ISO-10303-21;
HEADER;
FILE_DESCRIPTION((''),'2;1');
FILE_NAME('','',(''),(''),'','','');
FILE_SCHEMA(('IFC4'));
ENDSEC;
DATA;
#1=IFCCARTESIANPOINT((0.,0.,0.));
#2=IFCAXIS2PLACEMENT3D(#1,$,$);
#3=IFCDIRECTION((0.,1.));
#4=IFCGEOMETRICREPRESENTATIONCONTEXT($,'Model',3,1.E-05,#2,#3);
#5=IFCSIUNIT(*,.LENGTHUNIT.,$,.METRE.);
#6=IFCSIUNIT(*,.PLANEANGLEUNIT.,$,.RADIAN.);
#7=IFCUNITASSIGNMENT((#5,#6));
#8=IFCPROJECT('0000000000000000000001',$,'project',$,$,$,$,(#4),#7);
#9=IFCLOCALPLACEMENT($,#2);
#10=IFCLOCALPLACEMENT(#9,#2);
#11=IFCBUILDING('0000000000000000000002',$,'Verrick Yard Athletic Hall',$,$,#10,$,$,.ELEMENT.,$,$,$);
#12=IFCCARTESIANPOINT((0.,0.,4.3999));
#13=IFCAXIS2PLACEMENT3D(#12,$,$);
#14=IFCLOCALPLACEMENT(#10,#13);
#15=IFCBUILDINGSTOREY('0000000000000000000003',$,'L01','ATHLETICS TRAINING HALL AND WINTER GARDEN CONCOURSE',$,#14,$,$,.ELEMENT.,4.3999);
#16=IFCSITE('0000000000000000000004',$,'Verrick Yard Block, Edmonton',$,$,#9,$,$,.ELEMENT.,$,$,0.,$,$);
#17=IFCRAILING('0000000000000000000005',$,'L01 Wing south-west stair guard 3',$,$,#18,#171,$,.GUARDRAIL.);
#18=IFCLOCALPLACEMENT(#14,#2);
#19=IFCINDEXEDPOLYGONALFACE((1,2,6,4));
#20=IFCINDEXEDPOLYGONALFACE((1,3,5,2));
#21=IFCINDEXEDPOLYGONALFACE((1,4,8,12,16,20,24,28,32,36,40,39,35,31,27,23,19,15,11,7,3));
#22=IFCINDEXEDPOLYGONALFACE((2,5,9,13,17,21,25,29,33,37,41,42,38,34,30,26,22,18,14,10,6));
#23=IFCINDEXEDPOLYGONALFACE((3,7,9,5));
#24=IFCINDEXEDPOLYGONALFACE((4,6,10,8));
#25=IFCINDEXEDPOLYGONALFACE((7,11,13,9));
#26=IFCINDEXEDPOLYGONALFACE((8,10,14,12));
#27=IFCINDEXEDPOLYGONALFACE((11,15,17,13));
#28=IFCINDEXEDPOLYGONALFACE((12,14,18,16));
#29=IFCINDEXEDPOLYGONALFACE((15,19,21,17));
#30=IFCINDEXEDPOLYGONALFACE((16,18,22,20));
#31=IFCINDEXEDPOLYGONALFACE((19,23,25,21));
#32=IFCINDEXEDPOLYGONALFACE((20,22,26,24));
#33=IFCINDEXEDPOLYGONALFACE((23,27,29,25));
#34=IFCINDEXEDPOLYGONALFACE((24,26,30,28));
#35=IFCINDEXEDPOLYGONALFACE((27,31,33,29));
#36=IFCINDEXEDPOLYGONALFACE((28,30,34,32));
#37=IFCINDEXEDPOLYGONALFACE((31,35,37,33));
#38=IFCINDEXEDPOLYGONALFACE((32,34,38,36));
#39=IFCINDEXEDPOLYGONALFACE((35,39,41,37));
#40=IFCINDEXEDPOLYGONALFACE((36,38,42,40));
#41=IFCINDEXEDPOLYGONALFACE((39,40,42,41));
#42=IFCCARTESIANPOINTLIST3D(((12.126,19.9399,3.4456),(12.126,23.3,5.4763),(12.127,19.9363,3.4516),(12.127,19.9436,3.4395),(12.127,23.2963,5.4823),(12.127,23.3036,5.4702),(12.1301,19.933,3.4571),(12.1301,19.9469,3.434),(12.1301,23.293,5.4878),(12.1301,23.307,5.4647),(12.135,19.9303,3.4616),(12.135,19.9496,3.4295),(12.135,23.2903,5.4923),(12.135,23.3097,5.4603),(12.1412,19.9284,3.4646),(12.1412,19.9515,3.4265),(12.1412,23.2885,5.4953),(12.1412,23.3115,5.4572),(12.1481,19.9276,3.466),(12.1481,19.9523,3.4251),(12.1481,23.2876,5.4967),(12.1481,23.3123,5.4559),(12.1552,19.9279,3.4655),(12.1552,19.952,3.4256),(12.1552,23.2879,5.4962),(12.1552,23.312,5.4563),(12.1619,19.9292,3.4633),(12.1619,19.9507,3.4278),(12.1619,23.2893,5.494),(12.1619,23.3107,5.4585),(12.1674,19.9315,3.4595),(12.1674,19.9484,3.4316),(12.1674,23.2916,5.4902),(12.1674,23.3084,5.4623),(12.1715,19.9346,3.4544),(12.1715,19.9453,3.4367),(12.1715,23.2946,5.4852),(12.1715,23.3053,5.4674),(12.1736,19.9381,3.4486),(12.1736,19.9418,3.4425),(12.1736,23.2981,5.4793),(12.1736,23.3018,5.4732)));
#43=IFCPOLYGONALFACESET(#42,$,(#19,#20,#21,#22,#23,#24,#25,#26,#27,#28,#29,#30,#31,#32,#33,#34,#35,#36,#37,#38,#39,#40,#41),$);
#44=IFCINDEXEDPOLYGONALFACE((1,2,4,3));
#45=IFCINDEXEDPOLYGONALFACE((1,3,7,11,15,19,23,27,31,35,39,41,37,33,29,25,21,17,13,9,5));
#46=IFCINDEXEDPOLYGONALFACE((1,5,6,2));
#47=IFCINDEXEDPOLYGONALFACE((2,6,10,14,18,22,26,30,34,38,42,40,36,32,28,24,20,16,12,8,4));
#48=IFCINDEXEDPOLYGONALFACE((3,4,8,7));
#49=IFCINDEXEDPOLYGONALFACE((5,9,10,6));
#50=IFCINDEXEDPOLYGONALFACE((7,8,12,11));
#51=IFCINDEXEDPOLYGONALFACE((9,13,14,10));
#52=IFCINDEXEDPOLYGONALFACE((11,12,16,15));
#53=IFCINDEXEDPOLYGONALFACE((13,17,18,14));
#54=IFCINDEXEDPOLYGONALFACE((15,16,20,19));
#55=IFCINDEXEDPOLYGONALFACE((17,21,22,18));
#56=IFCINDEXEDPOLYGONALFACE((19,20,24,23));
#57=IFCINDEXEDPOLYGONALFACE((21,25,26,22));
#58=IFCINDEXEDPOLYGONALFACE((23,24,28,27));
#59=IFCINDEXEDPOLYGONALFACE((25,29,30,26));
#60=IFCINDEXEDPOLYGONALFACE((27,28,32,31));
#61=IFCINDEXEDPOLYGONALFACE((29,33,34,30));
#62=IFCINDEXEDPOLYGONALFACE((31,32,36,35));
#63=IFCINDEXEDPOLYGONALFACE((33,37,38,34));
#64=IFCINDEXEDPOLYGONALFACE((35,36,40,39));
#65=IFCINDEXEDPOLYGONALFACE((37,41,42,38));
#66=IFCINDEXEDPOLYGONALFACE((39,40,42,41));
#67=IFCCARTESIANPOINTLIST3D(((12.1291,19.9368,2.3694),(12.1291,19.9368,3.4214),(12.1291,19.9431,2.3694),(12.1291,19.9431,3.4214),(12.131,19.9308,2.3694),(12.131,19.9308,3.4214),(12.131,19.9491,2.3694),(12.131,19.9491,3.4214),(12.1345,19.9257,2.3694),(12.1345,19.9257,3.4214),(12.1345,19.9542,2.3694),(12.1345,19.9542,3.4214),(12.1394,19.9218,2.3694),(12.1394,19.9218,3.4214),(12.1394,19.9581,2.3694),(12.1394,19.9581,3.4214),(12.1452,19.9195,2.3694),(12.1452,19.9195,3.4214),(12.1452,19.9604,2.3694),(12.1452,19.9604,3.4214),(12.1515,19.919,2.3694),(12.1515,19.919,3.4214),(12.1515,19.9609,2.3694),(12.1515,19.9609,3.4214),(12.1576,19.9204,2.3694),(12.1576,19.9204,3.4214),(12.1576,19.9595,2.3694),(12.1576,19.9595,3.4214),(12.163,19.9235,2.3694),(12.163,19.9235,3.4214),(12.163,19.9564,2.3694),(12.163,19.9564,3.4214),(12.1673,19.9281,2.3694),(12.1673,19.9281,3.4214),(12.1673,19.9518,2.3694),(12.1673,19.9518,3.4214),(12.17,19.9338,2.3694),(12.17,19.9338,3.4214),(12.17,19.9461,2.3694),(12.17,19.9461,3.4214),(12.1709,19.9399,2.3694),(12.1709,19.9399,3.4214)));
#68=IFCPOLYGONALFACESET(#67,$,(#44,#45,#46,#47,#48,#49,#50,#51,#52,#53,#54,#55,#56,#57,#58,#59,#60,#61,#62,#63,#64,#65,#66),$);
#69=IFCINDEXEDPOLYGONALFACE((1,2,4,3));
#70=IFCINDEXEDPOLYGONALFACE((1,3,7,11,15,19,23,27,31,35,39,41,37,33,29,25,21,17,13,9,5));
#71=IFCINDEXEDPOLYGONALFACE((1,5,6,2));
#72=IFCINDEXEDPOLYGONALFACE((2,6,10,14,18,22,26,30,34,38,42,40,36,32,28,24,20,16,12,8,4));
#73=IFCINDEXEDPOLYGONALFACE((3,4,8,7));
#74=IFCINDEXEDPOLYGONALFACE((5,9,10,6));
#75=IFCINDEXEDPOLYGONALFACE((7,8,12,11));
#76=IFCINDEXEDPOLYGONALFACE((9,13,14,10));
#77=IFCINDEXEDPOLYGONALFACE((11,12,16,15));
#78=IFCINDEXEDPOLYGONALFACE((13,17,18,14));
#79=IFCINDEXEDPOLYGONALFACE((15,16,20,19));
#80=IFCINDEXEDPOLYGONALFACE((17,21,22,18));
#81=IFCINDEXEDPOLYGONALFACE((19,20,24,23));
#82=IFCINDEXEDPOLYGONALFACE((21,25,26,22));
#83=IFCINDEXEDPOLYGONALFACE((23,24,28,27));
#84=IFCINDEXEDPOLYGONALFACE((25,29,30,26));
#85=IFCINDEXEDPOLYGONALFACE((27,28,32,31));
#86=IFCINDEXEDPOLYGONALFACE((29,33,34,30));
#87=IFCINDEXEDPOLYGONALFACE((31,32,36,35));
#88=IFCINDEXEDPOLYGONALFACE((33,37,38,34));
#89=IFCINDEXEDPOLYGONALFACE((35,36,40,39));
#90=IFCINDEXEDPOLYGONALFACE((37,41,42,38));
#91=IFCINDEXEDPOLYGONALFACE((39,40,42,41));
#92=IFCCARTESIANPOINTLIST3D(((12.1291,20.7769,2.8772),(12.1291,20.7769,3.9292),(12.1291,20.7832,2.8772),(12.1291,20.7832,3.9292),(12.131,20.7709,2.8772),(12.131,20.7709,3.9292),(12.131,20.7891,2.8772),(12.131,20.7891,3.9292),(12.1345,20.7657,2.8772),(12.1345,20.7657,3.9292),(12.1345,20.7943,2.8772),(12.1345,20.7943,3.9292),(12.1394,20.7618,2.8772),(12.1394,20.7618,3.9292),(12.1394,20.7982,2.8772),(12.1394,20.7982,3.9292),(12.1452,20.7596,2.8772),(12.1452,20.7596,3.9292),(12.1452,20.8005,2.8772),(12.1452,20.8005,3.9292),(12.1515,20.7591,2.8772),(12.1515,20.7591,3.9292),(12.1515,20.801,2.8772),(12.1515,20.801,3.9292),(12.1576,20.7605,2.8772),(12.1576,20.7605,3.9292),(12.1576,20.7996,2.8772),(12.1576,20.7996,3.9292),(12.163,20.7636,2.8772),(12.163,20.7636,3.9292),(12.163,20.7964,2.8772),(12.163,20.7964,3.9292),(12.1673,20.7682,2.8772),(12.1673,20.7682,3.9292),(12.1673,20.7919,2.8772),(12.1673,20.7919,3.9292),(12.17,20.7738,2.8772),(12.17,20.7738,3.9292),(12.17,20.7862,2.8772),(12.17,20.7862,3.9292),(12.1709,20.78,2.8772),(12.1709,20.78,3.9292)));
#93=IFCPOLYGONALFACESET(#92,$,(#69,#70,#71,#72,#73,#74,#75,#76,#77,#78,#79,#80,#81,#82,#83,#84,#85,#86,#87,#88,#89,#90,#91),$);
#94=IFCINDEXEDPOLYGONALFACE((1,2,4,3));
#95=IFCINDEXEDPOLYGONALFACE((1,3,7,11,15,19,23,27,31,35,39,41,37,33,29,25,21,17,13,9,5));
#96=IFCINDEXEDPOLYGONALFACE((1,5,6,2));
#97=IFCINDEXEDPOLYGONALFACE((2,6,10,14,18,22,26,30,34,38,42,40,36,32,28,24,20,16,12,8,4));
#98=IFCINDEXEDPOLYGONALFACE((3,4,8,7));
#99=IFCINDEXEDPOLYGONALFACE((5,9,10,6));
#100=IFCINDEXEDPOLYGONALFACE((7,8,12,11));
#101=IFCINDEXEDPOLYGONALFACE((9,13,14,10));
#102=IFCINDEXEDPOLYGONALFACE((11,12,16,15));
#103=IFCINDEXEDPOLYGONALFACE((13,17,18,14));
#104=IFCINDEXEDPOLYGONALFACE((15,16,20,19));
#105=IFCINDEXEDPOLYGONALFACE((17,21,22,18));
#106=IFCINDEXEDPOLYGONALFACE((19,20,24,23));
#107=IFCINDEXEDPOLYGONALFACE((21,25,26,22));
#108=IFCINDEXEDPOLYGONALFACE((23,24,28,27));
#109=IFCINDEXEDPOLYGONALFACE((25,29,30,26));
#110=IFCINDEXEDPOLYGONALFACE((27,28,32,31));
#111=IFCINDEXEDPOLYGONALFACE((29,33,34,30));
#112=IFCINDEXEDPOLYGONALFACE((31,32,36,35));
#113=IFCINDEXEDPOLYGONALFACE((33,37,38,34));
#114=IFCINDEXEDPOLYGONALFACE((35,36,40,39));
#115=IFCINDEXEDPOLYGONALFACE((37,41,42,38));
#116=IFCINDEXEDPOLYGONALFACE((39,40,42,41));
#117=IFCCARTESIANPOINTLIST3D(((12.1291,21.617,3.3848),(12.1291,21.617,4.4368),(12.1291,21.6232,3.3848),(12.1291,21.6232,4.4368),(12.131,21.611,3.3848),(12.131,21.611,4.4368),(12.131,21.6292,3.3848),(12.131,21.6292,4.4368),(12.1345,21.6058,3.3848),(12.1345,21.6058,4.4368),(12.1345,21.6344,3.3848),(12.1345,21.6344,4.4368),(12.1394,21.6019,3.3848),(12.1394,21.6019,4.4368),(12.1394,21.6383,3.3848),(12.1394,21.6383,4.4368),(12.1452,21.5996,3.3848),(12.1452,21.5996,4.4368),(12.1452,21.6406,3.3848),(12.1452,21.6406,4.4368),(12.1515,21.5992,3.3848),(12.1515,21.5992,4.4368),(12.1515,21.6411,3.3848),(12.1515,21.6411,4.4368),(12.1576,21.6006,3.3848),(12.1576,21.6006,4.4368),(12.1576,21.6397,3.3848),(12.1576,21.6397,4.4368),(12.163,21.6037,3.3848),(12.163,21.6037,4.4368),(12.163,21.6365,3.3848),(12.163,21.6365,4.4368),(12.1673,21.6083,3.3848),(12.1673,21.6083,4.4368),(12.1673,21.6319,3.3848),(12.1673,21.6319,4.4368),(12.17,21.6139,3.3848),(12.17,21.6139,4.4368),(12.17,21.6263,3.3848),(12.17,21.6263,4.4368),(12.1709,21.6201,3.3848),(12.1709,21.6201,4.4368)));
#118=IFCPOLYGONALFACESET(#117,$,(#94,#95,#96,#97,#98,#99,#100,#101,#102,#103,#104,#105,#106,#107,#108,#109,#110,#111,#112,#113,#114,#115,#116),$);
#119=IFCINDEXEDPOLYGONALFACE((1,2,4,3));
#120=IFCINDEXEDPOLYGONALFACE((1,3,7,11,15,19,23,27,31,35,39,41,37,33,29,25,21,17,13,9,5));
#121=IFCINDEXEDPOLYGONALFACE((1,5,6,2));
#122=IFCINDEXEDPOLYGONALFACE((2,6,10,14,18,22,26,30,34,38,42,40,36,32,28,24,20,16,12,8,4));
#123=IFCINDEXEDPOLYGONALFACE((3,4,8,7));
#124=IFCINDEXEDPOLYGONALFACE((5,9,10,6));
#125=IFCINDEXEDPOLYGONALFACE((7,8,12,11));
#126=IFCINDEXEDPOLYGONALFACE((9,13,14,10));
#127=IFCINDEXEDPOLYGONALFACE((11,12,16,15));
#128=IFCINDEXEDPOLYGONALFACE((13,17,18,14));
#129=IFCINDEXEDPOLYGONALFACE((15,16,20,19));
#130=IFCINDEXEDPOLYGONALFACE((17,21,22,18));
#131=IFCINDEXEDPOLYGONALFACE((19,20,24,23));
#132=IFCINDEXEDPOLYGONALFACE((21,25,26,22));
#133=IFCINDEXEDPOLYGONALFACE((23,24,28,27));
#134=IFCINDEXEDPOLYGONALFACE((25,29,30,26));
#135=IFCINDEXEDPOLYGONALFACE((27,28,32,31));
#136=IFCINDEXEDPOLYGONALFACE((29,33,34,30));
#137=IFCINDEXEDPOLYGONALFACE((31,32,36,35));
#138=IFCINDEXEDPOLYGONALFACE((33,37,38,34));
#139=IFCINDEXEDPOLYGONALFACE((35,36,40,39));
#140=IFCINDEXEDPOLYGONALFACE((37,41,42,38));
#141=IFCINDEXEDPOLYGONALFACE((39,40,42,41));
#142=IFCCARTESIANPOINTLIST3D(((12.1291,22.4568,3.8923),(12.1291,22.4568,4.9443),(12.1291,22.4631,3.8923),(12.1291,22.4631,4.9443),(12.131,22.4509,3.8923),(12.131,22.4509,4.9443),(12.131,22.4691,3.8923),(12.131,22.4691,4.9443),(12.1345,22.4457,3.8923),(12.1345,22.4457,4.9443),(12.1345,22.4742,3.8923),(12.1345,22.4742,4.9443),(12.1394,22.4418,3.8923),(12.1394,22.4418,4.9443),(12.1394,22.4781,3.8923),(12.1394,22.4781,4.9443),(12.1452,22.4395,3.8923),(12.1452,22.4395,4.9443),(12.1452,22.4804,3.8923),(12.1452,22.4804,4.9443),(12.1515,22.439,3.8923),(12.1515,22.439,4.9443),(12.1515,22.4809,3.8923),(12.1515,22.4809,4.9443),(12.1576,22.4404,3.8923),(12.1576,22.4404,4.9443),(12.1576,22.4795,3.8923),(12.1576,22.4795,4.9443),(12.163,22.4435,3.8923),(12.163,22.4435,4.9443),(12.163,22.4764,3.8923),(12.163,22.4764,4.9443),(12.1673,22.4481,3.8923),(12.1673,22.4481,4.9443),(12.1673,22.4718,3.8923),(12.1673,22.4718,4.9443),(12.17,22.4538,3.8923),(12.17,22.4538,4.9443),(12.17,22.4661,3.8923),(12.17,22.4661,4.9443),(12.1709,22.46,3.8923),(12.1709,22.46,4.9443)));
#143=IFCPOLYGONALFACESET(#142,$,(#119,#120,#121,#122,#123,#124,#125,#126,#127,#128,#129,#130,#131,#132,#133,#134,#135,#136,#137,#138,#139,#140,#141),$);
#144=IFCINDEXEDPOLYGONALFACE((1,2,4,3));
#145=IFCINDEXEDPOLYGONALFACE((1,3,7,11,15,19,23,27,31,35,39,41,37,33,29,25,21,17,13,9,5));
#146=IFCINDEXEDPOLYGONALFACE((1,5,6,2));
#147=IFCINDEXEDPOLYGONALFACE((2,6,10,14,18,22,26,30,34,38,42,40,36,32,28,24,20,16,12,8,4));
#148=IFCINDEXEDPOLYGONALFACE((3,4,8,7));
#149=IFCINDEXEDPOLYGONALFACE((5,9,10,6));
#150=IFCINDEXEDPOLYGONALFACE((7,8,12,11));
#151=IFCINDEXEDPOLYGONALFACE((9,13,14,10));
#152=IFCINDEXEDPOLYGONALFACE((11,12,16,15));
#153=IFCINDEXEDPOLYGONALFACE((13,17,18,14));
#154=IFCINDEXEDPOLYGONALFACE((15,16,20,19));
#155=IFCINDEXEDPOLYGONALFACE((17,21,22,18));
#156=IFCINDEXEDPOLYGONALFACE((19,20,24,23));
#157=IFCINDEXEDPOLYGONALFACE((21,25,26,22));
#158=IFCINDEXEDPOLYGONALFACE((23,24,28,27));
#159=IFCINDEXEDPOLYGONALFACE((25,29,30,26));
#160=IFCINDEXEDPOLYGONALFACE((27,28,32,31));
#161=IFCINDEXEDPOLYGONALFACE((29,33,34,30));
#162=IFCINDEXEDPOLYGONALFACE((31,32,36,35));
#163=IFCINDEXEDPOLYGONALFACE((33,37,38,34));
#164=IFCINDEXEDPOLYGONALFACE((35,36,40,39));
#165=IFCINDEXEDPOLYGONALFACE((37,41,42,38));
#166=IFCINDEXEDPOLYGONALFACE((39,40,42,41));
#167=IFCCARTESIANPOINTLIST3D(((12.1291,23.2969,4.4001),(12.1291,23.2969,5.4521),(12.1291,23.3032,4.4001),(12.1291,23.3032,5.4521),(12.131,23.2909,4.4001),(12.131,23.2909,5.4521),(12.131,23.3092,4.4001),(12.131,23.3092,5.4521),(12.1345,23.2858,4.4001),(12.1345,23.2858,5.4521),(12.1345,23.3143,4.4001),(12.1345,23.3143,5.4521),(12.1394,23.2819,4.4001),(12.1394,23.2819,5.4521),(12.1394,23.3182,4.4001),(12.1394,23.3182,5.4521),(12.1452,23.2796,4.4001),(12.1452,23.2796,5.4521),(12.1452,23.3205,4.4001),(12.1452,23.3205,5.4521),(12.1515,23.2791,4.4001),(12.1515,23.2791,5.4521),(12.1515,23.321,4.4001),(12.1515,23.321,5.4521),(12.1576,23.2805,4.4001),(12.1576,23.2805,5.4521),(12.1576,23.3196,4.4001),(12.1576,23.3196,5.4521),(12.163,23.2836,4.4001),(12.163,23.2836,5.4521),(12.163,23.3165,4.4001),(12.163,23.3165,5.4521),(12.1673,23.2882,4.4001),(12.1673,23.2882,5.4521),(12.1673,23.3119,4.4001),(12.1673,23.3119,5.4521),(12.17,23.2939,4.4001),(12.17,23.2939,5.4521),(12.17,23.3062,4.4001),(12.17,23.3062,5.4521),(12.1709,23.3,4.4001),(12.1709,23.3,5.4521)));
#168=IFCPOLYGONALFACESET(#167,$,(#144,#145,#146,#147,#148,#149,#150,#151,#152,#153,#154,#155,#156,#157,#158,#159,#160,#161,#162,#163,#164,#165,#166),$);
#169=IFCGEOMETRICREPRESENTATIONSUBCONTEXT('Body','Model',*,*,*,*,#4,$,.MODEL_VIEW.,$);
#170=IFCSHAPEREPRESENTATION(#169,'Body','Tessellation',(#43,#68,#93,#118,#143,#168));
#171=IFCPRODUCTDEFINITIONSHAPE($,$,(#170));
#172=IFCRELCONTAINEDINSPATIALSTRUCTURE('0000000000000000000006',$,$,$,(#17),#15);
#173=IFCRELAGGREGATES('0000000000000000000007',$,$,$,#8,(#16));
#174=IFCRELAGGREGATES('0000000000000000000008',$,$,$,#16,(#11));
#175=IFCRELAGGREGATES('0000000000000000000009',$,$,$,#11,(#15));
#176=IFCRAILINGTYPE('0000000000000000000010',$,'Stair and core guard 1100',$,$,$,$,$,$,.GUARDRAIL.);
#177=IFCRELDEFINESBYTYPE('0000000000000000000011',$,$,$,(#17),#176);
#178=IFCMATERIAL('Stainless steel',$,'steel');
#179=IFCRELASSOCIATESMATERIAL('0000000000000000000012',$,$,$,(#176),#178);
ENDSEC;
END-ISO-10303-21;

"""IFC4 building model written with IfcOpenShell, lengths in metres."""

from ifc_helpers import new_model, si_unit, direction, frame, origin, origin_2d, place, context, subcontext, project, spatial, circle, extrude, material, type_object, element, save


model = new_model("IFC4")

# Units and contexts
model_context = context("Model", 3, precision=1e-05, world=origin(), true_north=direction((0.0, 1.0)))
body_context = subcontext(model_context, "Body", "Model", "MODEL_VIEW")
ifc_project = project(units=[si_unit("LENGTHUNIT", "METRE"), si_unit("PLANEANGLEUNIT", "RADIAN")], contexts=[model_context])

# Site, building, storey
site_placement = place(None, origin())
site = spatial("IfcSite", under=ifc_project, at=site_placement, Name="Verrick Yard Block, Edmonton", CompositionType="ELEMENT", RefElevation=0.0)
building_placement = place(site_placement, origin())
building = spatial("IfcBuilding", under=site, at=building_placement, Name="Verrick Yard Athletic Hall", CompositionType="ELEMENT")
storey_placement = place(building_placement, frame((0.0, 0.0, 4.3999)))
storey = spatial("IfcBuildingStorey", under=building, at=storey_placement, Name="L01", Description="ATHLETICS TRAINING HALL AND WINTER GARDEN CONCOURSE", CompositionType="ELEMENT", Elevation=4.3999)

# Railing
ifc_material_1 = material(Name="Stainless steel", Category="steel")
railing_type_1 = type_object("IfcRailingType", Name="Stair and core guard 1100", PredefinedType="GUARDRAIL", material=ifc_material_1)
railing_1_placement = place(storey_placement, frame((12.1499, 19.9399, 2.3694)))
element("IfcRailing", 1, at=railing_1_placement, inside=storey, type_object=railing_type_1, Name="L01 Wing south-west stair guard 3", PredefinedType="GUARDRAIL", context=body_context, shape_type="SweptSolid", body=[
    extrude(circle(Radius=0.0239, at=origin_2d()), frame((0.0, 0.0, 1.0762), z_axis=(0.0, 0.855837, 0.517246), x_axis=(-1.0, 0.0, 0.0)), (0.0, 0.0, 1.0), 3.926),
    extrude(circle(Radius=0.021, at=origin_2d()), origin(), (0.0, 0.0, 1.0), 1.052),
    extrude(circle(Radius=0.021, at=origin_2d()), frame((0.0, 0.8401, 0.5078)), (0.0, 0.0, 1.0), 1.052),
    extrude(circle(Radius=0.021, at=origin_2d()), frame((0.0, 1.6802, 1.0154)), (0.0, 0.0, 1.0), 1.052),
    extrude(circle(Radius=0.021, at=origin_2d()), frame((0.0, 2.52, 1.5229)), (0.0, 0.0, 1.0), 1.052),
    extrude(circle(Radius=0.021, at=origin_2d()), frame((0.0, 3.3601, 2.0308)), (0.0, 0.0, 1.0), 1.052),
])

save(model, "model.ifc")
